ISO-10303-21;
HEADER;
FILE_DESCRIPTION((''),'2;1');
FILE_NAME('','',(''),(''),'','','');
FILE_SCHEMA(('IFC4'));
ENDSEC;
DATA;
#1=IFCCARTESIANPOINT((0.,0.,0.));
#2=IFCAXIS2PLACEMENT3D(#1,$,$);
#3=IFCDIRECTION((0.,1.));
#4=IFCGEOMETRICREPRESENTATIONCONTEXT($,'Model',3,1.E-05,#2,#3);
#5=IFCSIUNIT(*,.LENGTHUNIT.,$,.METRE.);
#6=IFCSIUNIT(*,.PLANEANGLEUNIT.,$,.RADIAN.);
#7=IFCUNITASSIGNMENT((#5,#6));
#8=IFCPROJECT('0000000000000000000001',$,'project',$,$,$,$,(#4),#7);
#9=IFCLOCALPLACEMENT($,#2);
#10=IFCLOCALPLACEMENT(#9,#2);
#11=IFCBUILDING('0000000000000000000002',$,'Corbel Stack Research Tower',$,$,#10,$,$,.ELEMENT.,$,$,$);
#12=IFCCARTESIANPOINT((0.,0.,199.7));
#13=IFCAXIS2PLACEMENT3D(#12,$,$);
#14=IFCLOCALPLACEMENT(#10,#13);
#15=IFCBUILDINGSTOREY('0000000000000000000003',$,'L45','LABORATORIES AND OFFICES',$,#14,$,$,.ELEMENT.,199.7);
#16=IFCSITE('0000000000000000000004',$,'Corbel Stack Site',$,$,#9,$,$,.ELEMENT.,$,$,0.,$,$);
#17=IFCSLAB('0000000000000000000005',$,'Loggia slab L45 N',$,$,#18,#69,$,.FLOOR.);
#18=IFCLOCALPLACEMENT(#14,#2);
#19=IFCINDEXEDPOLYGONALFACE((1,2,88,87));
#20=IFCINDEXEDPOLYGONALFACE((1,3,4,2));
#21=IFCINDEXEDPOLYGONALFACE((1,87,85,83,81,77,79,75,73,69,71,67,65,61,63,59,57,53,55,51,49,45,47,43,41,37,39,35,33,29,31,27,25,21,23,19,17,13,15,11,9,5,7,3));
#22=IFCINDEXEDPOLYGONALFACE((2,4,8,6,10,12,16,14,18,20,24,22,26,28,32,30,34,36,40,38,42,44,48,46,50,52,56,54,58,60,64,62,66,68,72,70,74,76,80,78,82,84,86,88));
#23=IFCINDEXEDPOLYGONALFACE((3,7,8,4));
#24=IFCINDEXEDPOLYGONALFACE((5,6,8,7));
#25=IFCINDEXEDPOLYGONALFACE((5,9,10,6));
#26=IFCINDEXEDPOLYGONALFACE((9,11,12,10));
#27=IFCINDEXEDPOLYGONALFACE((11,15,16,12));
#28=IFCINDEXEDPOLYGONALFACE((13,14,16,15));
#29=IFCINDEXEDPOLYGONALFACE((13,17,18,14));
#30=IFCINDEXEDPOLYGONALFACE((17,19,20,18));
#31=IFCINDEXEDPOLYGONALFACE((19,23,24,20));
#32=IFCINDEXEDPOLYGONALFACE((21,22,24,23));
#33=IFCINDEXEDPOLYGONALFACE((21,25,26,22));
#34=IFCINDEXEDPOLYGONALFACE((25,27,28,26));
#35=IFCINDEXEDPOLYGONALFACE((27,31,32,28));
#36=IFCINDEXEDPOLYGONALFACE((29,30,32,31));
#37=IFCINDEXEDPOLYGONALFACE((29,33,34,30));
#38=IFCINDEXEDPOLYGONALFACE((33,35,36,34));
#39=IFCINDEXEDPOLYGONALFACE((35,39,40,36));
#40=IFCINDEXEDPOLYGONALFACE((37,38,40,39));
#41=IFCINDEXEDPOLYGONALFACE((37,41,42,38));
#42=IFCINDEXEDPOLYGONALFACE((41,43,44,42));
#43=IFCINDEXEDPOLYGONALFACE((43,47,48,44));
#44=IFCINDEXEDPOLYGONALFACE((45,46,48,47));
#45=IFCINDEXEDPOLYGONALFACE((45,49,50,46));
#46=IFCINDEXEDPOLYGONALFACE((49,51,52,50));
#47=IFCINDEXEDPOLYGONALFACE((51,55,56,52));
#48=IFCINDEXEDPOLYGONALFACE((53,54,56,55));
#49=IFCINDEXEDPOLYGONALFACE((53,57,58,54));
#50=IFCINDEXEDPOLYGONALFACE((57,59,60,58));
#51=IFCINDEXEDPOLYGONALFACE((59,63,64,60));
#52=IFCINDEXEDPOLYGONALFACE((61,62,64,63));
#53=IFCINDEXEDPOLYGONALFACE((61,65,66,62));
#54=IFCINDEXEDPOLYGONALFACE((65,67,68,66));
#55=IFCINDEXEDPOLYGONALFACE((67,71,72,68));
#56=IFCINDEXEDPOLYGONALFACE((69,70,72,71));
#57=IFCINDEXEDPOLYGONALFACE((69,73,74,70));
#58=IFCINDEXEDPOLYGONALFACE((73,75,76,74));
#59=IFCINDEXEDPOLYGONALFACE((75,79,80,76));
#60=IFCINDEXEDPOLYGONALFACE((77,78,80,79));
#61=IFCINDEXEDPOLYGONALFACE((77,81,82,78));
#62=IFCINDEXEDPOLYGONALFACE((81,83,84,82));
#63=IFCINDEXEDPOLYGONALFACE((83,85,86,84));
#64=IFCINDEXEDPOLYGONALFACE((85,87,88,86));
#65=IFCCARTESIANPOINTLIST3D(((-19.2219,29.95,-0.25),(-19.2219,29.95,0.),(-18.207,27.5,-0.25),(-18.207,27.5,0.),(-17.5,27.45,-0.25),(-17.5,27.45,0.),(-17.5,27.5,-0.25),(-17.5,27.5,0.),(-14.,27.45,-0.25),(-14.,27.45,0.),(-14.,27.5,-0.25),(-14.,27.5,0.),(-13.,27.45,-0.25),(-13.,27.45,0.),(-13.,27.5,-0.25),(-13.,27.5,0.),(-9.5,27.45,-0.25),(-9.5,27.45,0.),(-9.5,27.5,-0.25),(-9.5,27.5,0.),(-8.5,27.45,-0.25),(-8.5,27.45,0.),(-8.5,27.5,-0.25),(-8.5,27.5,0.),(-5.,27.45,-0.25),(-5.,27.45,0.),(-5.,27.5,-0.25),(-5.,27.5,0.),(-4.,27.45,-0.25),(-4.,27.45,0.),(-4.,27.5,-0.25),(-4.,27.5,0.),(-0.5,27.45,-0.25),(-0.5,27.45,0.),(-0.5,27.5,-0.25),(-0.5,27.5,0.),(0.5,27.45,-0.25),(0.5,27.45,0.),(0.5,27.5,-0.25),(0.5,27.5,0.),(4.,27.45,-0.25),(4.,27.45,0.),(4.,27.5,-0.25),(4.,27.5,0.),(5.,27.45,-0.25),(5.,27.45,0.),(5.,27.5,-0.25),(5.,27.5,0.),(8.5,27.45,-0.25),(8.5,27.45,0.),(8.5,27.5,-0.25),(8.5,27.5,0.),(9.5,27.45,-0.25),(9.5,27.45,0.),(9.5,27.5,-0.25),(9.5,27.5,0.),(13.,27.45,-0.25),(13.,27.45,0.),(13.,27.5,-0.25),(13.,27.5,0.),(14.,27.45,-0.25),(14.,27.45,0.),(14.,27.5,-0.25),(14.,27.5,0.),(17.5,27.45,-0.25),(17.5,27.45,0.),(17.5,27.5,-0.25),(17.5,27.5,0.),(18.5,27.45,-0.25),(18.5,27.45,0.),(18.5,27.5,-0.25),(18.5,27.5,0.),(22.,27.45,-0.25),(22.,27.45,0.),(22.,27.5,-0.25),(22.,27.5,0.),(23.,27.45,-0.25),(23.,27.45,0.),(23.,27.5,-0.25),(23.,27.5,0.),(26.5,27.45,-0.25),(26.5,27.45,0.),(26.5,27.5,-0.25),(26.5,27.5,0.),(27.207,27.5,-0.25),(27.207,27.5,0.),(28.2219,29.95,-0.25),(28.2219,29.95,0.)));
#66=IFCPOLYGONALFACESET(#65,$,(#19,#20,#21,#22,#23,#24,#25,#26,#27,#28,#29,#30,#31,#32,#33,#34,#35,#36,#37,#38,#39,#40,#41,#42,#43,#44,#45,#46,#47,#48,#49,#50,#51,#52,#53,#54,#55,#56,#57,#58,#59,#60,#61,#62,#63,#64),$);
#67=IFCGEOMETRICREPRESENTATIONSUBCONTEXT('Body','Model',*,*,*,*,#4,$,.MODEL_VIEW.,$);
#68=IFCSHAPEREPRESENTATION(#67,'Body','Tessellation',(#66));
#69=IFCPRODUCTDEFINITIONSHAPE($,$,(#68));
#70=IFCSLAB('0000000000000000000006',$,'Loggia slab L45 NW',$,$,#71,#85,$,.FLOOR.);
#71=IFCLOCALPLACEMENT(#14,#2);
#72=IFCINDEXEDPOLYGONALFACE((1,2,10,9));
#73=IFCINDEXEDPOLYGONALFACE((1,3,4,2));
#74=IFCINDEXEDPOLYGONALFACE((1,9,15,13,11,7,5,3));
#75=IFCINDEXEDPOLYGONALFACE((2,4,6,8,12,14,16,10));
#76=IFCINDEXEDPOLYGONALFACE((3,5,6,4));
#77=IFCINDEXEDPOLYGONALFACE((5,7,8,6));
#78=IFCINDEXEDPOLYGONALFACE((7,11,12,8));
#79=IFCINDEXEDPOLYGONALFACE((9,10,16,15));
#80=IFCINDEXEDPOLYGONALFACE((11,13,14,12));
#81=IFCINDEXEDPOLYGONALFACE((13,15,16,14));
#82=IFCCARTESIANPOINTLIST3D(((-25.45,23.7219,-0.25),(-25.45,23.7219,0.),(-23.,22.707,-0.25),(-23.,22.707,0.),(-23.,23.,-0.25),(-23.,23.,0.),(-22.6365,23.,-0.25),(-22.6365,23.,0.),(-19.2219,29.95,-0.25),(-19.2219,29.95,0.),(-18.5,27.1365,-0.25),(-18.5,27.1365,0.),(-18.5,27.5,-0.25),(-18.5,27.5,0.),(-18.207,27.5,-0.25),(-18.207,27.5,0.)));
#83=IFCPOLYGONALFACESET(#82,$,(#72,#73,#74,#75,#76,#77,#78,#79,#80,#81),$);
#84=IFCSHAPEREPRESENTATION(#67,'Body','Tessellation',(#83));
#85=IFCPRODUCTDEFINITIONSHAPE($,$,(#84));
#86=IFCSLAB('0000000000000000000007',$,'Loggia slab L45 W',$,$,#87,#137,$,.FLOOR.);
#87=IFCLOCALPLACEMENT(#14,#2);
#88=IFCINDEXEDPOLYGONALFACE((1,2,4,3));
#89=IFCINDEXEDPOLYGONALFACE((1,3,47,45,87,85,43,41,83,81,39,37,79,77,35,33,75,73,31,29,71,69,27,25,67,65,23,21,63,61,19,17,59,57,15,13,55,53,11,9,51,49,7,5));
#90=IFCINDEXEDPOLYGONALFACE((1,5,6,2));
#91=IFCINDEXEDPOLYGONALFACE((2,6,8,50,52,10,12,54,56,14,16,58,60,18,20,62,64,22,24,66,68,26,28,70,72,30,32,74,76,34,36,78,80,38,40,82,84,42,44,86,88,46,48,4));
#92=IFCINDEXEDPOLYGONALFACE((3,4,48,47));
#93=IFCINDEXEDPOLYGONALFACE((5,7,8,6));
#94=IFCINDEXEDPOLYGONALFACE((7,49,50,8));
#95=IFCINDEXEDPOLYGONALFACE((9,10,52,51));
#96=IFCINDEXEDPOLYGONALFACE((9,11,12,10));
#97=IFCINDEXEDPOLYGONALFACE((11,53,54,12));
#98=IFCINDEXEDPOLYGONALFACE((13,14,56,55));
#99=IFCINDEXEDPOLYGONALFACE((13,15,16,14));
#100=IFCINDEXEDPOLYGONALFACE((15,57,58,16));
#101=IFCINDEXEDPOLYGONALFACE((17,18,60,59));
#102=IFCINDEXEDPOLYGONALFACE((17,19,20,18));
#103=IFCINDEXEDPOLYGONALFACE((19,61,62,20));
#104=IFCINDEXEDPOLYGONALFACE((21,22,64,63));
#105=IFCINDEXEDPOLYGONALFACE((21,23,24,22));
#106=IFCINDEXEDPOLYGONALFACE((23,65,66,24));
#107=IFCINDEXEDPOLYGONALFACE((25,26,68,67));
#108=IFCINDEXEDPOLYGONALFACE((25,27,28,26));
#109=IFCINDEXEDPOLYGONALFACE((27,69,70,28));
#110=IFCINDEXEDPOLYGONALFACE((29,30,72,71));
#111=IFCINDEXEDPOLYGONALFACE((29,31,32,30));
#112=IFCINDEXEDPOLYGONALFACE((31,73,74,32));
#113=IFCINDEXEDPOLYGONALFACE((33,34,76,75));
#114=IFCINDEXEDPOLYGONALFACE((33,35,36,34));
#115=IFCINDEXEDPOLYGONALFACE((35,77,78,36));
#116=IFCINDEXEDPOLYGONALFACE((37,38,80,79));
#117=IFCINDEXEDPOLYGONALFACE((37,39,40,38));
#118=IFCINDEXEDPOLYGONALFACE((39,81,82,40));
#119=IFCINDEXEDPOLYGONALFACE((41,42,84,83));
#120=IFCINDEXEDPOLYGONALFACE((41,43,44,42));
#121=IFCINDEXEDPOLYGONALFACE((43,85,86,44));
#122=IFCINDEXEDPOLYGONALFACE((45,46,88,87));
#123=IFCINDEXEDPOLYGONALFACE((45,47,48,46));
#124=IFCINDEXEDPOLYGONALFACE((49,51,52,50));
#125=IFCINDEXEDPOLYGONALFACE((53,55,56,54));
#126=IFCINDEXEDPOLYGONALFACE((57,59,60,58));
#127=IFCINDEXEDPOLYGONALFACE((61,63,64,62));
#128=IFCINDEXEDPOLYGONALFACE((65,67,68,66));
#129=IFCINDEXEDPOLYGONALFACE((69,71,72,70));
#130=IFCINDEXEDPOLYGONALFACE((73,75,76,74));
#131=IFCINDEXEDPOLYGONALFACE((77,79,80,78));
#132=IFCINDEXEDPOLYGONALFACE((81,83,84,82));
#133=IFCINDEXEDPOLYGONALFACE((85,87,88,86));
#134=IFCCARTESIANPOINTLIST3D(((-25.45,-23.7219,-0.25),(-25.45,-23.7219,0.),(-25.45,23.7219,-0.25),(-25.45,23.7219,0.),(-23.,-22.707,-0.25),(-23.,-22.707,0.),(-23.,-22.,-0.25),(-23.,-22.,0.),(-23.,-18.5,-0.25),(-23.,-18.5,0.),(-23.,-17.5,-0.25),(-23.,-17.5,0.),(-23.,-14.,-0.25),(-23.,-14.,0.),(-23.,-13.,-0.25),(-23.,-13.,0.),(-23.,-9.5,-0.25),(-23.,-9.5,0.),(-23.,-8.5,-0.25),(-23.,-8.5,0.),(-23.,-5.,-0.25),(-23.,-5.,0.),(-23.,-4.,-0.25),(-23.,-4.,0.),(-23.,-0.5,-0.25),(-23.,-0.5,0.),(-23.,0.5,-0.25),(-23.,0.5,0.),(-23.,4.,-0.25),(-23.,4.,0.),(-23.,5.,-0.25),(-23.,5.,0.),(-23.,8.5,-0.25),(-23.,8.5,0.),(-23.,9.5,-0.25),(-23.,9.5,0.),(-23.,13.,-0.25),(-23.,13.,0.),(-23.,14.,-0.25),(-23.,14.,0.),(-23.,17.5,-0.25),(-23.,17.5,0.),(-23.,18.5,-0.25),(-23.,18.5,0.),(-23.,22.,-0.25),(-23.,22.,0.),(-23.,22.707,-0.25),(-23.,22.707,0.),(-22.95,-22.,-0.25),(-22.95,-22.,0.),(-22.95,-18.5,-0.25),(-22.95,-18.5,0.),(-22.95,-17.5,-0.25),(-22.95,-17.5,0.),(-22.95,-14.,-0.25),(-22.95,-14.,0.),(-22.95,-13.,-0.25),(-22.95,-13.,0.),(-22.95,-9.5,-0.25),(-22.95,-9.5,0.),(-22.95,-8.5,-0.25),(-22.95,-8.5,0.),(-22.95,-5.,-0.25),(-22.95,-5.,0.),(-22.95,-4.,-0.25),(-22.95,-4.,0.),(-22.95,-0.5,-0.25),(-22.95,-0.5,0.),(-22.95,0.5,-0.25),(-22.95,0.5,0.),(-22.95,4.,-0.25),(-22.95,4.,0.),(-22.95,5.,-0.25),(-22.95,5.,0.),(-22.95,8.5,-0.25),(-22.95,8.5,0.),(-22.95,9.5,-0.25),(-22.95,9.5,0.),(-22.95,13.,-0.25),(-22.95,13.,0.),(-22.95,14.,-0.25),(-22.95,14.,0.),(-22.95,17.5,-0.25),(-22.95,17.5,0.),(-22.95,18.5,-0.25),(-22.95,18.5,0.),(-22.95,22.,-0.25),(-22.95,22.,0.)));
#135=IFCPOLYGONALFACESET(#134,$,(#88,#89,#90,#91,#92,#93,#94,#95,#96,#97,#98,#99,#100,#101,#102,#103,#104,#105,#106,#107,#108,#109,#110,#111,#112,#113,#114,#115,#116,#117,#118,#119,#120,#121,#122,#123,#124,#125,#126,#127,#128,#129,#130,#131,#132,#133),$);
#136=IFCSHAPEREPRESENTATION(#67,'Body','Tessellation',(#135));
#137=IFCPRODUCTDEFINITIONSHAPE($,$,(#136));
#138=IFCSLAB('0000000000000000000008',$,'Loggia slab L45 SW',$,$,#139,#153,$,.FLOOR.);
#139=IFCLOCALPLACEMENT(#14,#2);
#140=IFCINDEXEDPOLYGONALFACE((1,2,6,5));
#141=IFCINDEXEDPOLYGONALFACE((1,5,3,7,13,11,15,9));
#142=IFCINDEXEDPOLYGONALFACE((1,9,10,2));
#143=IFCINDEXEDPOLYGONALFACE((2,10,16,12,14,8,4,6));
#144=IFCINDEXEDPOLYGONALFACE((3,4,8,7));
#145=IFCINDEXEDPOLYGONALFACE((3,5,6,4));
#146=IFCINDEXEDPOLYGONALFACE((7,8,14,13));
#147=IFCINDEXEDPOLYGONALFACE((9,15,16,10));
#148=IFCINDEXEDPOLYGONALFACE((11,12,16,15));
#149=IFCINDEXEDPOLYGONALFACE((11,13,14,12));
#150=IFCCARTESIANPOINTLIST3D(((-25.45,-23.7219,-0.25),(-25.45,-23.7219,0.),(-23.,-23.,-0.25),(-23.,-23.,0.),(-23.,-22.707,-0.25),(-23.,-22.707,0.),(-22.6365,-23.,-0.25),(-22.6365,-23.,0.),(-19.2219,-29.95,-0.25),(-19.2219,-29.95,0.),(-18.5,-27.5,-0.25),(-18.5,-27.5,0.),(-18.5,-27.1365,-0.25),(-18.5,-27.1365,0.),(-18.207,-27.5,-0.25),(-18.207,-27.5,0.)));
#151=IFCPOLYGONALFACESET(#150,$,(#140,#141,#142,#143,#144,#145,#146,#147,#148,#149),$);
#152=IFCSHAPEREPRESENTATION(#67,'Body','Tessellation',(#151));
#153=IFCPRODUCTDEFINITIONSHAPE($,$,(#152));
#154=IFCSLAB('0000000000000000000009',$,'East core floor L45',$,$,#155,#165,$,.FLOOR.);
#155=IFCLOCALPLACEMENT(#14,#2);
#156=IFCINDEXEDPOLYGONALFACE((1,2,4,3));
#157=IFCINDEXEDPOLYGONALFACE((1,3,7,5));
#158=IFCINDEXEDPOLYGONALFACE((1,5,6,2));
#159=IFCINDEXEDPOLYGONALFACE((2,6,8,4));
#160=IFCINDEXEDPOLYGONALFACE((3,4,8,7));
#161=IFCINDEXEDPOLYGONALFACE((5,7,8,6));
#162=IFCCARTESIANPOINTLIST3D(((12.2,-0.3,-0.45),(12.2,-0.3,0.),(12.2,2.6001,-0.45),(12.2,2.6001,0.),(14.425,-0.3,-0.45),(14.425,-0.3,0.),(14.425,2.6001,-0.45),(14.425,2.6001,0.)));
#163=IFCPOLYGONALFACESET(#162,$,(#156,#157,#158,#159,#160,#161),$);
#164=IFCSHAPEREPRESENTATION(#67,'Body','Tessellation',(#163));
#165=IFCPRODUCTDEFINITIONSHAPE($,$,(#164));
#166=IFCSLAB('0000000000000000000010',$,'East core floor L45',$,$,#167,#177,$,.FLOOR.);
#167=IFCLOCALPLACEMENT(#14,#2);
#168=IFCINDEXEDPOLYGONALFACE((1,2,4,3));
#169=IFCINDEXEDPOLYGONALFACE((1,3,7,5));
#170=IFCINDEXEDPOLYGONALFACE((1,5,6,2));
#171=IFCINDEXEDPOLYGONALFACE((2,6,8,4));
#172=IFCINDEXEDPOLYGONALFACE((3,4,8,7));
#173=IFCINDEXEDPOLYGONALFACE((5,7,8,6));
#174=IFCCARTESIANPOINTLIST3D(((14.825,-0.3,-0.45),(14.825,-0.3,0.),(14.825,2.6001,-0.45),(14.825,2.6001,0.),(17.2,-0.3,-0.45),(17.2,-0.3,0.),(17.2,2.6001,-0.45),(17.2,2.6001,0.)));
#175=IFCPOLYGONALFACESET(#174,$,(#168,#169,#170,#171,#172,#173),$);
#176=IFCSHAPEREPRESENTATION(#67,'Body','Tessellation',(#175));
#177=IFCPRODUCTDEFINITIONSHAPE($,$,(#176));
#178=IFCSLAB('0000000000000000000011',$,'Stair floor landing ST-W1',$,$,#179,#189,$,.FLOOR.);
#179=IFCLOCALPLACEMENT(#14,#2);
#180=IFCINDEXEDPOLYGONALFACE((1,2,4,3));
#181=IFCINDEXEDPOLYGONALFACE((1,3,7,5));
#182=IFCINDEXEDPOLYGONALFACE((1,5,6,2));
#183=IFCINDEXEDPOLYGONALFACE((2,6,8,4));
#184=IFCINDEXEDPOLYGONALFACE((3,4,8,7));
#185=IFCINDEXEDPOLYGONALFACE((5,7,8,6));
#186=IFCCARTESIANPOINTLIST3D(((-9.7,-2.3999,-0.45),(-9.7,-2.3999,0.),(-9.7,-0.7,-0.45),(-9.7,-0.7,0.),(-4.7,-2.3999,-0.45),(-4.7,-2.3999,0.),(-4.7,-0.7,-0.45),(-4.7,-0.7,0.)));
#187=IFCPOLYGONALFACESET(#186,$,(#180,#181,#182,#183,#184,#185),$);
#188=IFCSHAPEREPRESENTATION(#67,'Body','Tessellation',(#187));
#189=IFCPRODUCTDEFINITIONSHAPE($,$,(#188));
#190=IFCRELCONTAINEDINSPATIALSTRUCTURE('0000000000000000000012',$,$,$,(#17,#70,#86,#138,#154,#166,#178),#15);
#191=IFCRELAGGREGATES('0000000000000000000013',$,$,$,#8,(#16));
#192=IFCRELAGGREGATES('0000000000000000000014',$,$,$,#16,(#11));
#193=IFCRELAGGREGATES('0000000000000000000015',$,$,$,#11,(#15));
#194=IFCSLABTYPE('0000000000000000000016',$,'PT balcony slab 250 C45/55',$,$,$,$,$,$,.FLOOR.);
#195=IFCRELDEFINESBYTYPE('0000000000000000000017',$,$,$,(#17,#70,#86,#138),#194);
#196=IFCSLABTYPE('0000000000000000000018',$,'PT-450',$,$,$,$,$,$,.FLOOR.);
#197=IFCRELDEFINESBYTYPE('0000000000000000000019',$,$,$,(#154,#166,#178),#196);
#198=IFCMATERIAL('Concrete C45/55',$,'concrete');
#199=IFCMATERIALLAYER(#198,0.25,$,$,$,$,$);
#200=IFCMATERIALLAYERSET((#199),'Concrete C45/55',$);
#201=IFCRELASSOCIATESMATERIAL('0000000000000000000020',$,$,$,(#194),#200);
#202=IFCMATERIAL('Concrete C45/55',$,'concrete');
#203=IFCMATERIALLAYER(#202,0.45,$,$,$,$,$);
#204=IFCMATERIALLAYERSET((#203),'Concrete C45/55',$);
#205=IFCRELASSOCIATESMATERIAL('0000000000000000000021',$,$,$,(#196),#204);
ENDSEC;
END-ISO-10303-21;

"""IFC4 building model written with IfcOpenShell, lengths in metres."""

from ifc_helpers import new_model, si_unit, direction, frame, origin, place, context, subcontext, project, spatial, polyline, outline, extrude, material, layer, layer_set, type_object, element, save


model = new_model("IFC4")

# Units and contexts
model_context = context("Model", 3, precision=1e-05, world=origin(), true_north=direction((0.0, 1.0)))
body_context = subcontext(model_context, "Body", "Model", "MODEL_VIEW")
ifc_project = project(units=[si_unit("LENGTHUNIT", "METRE"), si_unit("PLANEANGLEUNIT", "RADIAN")], contexts=[model_context])

# Site, building, storey
site_placement = place(None, origin())
site = spatial("IfcSite", under=ifc_project, at=site_placement, Name="Corbel Stack Site", CompositionType="ELEMENT", RefElevation=0.0)
building_placement = place(site_placement, origin())
building = spatial("IfcBuilding", under=site, at=building_placement, Name="Corbel Stack Research Tower", CompositionType="ELEMENT")
storey_placement = place(building_placement, frame((0.0, 0.0, 199.7)))
storey = spatial("IfcBuildingStorey", under=building, at=storey_placement, Name="L45", Description="LABORATORIES AND OFFICES", CompositionType="ELEMENT", Elevation=199.7)

# Slabs
ifc_material_1 = material(Name="Concrete C45/55", Category="concrete")
ifc_layer_1 = layer(ifc_material_1, 0.25)
ifc_layer_set_1 = layer_set([ifc_layer_1], Name="Concrete C45/55")
slab_type_1 = type_object("IfcSlabType", Name="PT balcony slab 250 C45/55", PredefinedType="FLOOR", material=ifc_layer_set_1)
slab_1_placement = place(storey_placement, frame((0.0, 0.0, -0.25)))
element("IfcSlab", 1, at=slab_1_placement, inside=storey, type_object=slab_type_1, Name="Loggia slab L45 N", PredefinedType="FLOOR", context=body_context, shape_type="SweptSolid", body=[
    extrude(outline(polyline([(-18.207, 27.5), (-17.5, 27.5), (-17.5, 27.45), (-14.0, 27.45), (-14.0, 27.5), (-13.0, 27.5), (-13.0, 27.45), (-9.5, 27.45), (-9.5, 27.5), (-8.5, 27.5), (-8.5, 27.45), (-5.0, 27.45), (-5.0, 27.5), (-4.0, 27.5), (-4.0, 27.45), (-0.5, 27.45), (-0.5, 27.5), (0.5, 27.5), (0.5, 27.45), (4.0, 27.45), (4.0, 27.5), (5.0, 27.5), (5.0, 27.45), (8.5, 27.45), (8.5, 27.5), (9.5, 27.5), (9.5, 27.45), (13.0, 27.45), (13.0, 27.5), (14.0, 27.5), (14.0, 27.45), (17.5, 27.45), (17.5, 27.5), (18.5, 27.5), (18.5, 27.45), (22.0, 27.45), (22.0, 27.5), (23.0, 27.5), (23.0, 27.45), (26.5, 27.45), (26.5, 27.5), (27.207, 27.5), (28.2219, 29.95), (-19.2219, 29.95), (-18.207, 27.5)])), origin(), (0.0, 0.0, 1.0), 0.25),
])
slab_2_placement = place(storey_placement, frame((0.0, 0.0, -0.25)))
element("IfcSlab", 2, at=slab_2_placement, inside=storey, type_object=slab_type_1, Name="Loggia slab L45 NW", PredefinedType="FLOOR", context=body_context, shape_type="SweptSolid", body=[
    extrude(outline(polyline([(-23.0, 22.707), (-23.0, 23.0), (-22.6365, 23.0), (-18.5, 27.1365), (-18.5, 27.5), (-18.207, 27.5), (-19.2219, 29.95), (-25.45, 23.7219), (-23.0, 22.707)])), origin(), (0.0, 0.0, 1.0), 0.25),
])
slab_3_placement = place(storey_placement, frame((0.0, 0.0, -0.25)))
element("IfcSlab", 3, at=slab_3_placement, inside=storey, type_object=slab_type_1, Name="Loggia slab L45 W", PredefinedType="FLOOR", context=body_context, shape_type="SweptSolid", body=[
    extrude(outline(polyline([(-23.0, -22.707), (-23.0, -22.0), (-22.95, -22.0), (-22.95, -18.5), (-23.0, -18.5), (-23.0, -17.5), (-22.95, -17.5), (-22.95, -14.0), (-23.0, -14.0), (-23.0, -13.0), (-22.95, -13.0), (-22.95, -9.5), (-23.0, -9.5), (-23.0, -8.5), (-22.95, -8.5), (-22.95, -5.0), (-23.0, -5.0), (-23.0, -4.0), (-22.95, -4.0), (-22.95, -0.5), (-23.0, -0.5), (-23.0, 0.5), (-22.95, 0.5), (-22.95, 4.0), (-23.0, 4.0), (-23.0, 5.0), (-22.95, 5.0), (-22.95, 8.5), (-23.0, 8.5), (-23.0, 9.5), (-22.95, 9.5), (-22.95, 13.0), (-23.0, 13.0), (-23.0, 14.0), (-22.95, 14.0), (-22.95, 17.5), (-23.0, 17.5), (-23.0, 18.5), (-22.95, 18.5), (-22.95, 22.0), (-23.0, 22.0), (-23.0, 22.707), (-25.45, 23.7219), (-25.45, -23.7219), (-23.0, -22.707)])), origin(), (0.0, 0.0, 1.0), 0.25),
])
slab_4_placement = place(storey_placement, frame((0.0, 0.0, -0.25)))
element("IfcSlab", 4, at=slab_4_placement, inside=storey, type_object=slab_type_1, Name="Loggia slab L45 SW", PredefinedType="FLOOR", context=body_context, shape_type="SweptSolid", body=[
    extrude(outline(polyline([(-18.207, -27.5), (-18.5, -27.5), (-18.5, -27.1365), (-22.6365, -23.0), (-23.0, -23.0), (-23.0, -22.707), (-25.45, -23.7219), (-19.2219, -29.95), (-18.207, -27.5)])), origin(), (0.0, 0.0, 1.0), 0.25),
])
ifc_material_2 = material(Name="Concrete C45/55", Category="concrete")
ifc_layer_2 = layer(ifc_material_2, 0.45)
ifc_layer_set_2 = layer_set([ifc_layer_2], Name="Concrete C45/55")
slab_type_2 = type_object("IfcSlabType", Name="PT-450", PredefinedType="FLOOR", material=ifc_layer_set_2)
slab_5_placement = place(storey_placement, frame((0.0, 0.0, -0.45)))
element("IfcSlab", 5, at=slab_5_placement, inside=storey, type_object=slab_type_2, Name="East core floor L45", PredefinedType="FLOOR", context=body_context, shape_type="SweptSolid", body=[
    extrude(outline(polyline([(14.425, -0.3), (14.425, 2.6001), (12.2, 2.6001), (12.2, -0.3), (14.425, -0.3)])), origin(), (0.0, 0.0, 1.0), 0.45),
])
slab_6_placement = place(storey_placement, frame((0.0, 0.0, -0.45)))
element("IfcSlab", 6, at=slab_6_placement, inside=storey, type_object=slab_type_2, Name="East core floor L45", PredefinedType="FLOOR", context=body_context, shape_type="SweptSolid", body=[
    extrude(outline(polyline([(17.2, -0.3), (17.2, 2.6001), (14.825, 2.6001), (14.825, -0.3), (17.2, -0.3)])), origin(), (0.0, 0.0, 1.0), 0.45),
])
slab_7_placement = place(storey_placement, frame((0.0, 0.0, -0.45)))
element("IfcSlab", 7, at=slab_7_placement, inside=storey, type_object=slab_type_2, Name="Stair floor landing ST-W1", PredefinedType="FLOOR", context=body_context, shape_type="SweptSolid", body=[
    extrude(outline(polyline([(-9.7, -2.3999), (-4.7, -2.3999), (-4.7, -0.7), (-9.7, -0.7), (-9.7, -2.3999)])), origin(), (0.0, 0.0, 1.0), 0.45),
])

save(model, "model.ifc")
